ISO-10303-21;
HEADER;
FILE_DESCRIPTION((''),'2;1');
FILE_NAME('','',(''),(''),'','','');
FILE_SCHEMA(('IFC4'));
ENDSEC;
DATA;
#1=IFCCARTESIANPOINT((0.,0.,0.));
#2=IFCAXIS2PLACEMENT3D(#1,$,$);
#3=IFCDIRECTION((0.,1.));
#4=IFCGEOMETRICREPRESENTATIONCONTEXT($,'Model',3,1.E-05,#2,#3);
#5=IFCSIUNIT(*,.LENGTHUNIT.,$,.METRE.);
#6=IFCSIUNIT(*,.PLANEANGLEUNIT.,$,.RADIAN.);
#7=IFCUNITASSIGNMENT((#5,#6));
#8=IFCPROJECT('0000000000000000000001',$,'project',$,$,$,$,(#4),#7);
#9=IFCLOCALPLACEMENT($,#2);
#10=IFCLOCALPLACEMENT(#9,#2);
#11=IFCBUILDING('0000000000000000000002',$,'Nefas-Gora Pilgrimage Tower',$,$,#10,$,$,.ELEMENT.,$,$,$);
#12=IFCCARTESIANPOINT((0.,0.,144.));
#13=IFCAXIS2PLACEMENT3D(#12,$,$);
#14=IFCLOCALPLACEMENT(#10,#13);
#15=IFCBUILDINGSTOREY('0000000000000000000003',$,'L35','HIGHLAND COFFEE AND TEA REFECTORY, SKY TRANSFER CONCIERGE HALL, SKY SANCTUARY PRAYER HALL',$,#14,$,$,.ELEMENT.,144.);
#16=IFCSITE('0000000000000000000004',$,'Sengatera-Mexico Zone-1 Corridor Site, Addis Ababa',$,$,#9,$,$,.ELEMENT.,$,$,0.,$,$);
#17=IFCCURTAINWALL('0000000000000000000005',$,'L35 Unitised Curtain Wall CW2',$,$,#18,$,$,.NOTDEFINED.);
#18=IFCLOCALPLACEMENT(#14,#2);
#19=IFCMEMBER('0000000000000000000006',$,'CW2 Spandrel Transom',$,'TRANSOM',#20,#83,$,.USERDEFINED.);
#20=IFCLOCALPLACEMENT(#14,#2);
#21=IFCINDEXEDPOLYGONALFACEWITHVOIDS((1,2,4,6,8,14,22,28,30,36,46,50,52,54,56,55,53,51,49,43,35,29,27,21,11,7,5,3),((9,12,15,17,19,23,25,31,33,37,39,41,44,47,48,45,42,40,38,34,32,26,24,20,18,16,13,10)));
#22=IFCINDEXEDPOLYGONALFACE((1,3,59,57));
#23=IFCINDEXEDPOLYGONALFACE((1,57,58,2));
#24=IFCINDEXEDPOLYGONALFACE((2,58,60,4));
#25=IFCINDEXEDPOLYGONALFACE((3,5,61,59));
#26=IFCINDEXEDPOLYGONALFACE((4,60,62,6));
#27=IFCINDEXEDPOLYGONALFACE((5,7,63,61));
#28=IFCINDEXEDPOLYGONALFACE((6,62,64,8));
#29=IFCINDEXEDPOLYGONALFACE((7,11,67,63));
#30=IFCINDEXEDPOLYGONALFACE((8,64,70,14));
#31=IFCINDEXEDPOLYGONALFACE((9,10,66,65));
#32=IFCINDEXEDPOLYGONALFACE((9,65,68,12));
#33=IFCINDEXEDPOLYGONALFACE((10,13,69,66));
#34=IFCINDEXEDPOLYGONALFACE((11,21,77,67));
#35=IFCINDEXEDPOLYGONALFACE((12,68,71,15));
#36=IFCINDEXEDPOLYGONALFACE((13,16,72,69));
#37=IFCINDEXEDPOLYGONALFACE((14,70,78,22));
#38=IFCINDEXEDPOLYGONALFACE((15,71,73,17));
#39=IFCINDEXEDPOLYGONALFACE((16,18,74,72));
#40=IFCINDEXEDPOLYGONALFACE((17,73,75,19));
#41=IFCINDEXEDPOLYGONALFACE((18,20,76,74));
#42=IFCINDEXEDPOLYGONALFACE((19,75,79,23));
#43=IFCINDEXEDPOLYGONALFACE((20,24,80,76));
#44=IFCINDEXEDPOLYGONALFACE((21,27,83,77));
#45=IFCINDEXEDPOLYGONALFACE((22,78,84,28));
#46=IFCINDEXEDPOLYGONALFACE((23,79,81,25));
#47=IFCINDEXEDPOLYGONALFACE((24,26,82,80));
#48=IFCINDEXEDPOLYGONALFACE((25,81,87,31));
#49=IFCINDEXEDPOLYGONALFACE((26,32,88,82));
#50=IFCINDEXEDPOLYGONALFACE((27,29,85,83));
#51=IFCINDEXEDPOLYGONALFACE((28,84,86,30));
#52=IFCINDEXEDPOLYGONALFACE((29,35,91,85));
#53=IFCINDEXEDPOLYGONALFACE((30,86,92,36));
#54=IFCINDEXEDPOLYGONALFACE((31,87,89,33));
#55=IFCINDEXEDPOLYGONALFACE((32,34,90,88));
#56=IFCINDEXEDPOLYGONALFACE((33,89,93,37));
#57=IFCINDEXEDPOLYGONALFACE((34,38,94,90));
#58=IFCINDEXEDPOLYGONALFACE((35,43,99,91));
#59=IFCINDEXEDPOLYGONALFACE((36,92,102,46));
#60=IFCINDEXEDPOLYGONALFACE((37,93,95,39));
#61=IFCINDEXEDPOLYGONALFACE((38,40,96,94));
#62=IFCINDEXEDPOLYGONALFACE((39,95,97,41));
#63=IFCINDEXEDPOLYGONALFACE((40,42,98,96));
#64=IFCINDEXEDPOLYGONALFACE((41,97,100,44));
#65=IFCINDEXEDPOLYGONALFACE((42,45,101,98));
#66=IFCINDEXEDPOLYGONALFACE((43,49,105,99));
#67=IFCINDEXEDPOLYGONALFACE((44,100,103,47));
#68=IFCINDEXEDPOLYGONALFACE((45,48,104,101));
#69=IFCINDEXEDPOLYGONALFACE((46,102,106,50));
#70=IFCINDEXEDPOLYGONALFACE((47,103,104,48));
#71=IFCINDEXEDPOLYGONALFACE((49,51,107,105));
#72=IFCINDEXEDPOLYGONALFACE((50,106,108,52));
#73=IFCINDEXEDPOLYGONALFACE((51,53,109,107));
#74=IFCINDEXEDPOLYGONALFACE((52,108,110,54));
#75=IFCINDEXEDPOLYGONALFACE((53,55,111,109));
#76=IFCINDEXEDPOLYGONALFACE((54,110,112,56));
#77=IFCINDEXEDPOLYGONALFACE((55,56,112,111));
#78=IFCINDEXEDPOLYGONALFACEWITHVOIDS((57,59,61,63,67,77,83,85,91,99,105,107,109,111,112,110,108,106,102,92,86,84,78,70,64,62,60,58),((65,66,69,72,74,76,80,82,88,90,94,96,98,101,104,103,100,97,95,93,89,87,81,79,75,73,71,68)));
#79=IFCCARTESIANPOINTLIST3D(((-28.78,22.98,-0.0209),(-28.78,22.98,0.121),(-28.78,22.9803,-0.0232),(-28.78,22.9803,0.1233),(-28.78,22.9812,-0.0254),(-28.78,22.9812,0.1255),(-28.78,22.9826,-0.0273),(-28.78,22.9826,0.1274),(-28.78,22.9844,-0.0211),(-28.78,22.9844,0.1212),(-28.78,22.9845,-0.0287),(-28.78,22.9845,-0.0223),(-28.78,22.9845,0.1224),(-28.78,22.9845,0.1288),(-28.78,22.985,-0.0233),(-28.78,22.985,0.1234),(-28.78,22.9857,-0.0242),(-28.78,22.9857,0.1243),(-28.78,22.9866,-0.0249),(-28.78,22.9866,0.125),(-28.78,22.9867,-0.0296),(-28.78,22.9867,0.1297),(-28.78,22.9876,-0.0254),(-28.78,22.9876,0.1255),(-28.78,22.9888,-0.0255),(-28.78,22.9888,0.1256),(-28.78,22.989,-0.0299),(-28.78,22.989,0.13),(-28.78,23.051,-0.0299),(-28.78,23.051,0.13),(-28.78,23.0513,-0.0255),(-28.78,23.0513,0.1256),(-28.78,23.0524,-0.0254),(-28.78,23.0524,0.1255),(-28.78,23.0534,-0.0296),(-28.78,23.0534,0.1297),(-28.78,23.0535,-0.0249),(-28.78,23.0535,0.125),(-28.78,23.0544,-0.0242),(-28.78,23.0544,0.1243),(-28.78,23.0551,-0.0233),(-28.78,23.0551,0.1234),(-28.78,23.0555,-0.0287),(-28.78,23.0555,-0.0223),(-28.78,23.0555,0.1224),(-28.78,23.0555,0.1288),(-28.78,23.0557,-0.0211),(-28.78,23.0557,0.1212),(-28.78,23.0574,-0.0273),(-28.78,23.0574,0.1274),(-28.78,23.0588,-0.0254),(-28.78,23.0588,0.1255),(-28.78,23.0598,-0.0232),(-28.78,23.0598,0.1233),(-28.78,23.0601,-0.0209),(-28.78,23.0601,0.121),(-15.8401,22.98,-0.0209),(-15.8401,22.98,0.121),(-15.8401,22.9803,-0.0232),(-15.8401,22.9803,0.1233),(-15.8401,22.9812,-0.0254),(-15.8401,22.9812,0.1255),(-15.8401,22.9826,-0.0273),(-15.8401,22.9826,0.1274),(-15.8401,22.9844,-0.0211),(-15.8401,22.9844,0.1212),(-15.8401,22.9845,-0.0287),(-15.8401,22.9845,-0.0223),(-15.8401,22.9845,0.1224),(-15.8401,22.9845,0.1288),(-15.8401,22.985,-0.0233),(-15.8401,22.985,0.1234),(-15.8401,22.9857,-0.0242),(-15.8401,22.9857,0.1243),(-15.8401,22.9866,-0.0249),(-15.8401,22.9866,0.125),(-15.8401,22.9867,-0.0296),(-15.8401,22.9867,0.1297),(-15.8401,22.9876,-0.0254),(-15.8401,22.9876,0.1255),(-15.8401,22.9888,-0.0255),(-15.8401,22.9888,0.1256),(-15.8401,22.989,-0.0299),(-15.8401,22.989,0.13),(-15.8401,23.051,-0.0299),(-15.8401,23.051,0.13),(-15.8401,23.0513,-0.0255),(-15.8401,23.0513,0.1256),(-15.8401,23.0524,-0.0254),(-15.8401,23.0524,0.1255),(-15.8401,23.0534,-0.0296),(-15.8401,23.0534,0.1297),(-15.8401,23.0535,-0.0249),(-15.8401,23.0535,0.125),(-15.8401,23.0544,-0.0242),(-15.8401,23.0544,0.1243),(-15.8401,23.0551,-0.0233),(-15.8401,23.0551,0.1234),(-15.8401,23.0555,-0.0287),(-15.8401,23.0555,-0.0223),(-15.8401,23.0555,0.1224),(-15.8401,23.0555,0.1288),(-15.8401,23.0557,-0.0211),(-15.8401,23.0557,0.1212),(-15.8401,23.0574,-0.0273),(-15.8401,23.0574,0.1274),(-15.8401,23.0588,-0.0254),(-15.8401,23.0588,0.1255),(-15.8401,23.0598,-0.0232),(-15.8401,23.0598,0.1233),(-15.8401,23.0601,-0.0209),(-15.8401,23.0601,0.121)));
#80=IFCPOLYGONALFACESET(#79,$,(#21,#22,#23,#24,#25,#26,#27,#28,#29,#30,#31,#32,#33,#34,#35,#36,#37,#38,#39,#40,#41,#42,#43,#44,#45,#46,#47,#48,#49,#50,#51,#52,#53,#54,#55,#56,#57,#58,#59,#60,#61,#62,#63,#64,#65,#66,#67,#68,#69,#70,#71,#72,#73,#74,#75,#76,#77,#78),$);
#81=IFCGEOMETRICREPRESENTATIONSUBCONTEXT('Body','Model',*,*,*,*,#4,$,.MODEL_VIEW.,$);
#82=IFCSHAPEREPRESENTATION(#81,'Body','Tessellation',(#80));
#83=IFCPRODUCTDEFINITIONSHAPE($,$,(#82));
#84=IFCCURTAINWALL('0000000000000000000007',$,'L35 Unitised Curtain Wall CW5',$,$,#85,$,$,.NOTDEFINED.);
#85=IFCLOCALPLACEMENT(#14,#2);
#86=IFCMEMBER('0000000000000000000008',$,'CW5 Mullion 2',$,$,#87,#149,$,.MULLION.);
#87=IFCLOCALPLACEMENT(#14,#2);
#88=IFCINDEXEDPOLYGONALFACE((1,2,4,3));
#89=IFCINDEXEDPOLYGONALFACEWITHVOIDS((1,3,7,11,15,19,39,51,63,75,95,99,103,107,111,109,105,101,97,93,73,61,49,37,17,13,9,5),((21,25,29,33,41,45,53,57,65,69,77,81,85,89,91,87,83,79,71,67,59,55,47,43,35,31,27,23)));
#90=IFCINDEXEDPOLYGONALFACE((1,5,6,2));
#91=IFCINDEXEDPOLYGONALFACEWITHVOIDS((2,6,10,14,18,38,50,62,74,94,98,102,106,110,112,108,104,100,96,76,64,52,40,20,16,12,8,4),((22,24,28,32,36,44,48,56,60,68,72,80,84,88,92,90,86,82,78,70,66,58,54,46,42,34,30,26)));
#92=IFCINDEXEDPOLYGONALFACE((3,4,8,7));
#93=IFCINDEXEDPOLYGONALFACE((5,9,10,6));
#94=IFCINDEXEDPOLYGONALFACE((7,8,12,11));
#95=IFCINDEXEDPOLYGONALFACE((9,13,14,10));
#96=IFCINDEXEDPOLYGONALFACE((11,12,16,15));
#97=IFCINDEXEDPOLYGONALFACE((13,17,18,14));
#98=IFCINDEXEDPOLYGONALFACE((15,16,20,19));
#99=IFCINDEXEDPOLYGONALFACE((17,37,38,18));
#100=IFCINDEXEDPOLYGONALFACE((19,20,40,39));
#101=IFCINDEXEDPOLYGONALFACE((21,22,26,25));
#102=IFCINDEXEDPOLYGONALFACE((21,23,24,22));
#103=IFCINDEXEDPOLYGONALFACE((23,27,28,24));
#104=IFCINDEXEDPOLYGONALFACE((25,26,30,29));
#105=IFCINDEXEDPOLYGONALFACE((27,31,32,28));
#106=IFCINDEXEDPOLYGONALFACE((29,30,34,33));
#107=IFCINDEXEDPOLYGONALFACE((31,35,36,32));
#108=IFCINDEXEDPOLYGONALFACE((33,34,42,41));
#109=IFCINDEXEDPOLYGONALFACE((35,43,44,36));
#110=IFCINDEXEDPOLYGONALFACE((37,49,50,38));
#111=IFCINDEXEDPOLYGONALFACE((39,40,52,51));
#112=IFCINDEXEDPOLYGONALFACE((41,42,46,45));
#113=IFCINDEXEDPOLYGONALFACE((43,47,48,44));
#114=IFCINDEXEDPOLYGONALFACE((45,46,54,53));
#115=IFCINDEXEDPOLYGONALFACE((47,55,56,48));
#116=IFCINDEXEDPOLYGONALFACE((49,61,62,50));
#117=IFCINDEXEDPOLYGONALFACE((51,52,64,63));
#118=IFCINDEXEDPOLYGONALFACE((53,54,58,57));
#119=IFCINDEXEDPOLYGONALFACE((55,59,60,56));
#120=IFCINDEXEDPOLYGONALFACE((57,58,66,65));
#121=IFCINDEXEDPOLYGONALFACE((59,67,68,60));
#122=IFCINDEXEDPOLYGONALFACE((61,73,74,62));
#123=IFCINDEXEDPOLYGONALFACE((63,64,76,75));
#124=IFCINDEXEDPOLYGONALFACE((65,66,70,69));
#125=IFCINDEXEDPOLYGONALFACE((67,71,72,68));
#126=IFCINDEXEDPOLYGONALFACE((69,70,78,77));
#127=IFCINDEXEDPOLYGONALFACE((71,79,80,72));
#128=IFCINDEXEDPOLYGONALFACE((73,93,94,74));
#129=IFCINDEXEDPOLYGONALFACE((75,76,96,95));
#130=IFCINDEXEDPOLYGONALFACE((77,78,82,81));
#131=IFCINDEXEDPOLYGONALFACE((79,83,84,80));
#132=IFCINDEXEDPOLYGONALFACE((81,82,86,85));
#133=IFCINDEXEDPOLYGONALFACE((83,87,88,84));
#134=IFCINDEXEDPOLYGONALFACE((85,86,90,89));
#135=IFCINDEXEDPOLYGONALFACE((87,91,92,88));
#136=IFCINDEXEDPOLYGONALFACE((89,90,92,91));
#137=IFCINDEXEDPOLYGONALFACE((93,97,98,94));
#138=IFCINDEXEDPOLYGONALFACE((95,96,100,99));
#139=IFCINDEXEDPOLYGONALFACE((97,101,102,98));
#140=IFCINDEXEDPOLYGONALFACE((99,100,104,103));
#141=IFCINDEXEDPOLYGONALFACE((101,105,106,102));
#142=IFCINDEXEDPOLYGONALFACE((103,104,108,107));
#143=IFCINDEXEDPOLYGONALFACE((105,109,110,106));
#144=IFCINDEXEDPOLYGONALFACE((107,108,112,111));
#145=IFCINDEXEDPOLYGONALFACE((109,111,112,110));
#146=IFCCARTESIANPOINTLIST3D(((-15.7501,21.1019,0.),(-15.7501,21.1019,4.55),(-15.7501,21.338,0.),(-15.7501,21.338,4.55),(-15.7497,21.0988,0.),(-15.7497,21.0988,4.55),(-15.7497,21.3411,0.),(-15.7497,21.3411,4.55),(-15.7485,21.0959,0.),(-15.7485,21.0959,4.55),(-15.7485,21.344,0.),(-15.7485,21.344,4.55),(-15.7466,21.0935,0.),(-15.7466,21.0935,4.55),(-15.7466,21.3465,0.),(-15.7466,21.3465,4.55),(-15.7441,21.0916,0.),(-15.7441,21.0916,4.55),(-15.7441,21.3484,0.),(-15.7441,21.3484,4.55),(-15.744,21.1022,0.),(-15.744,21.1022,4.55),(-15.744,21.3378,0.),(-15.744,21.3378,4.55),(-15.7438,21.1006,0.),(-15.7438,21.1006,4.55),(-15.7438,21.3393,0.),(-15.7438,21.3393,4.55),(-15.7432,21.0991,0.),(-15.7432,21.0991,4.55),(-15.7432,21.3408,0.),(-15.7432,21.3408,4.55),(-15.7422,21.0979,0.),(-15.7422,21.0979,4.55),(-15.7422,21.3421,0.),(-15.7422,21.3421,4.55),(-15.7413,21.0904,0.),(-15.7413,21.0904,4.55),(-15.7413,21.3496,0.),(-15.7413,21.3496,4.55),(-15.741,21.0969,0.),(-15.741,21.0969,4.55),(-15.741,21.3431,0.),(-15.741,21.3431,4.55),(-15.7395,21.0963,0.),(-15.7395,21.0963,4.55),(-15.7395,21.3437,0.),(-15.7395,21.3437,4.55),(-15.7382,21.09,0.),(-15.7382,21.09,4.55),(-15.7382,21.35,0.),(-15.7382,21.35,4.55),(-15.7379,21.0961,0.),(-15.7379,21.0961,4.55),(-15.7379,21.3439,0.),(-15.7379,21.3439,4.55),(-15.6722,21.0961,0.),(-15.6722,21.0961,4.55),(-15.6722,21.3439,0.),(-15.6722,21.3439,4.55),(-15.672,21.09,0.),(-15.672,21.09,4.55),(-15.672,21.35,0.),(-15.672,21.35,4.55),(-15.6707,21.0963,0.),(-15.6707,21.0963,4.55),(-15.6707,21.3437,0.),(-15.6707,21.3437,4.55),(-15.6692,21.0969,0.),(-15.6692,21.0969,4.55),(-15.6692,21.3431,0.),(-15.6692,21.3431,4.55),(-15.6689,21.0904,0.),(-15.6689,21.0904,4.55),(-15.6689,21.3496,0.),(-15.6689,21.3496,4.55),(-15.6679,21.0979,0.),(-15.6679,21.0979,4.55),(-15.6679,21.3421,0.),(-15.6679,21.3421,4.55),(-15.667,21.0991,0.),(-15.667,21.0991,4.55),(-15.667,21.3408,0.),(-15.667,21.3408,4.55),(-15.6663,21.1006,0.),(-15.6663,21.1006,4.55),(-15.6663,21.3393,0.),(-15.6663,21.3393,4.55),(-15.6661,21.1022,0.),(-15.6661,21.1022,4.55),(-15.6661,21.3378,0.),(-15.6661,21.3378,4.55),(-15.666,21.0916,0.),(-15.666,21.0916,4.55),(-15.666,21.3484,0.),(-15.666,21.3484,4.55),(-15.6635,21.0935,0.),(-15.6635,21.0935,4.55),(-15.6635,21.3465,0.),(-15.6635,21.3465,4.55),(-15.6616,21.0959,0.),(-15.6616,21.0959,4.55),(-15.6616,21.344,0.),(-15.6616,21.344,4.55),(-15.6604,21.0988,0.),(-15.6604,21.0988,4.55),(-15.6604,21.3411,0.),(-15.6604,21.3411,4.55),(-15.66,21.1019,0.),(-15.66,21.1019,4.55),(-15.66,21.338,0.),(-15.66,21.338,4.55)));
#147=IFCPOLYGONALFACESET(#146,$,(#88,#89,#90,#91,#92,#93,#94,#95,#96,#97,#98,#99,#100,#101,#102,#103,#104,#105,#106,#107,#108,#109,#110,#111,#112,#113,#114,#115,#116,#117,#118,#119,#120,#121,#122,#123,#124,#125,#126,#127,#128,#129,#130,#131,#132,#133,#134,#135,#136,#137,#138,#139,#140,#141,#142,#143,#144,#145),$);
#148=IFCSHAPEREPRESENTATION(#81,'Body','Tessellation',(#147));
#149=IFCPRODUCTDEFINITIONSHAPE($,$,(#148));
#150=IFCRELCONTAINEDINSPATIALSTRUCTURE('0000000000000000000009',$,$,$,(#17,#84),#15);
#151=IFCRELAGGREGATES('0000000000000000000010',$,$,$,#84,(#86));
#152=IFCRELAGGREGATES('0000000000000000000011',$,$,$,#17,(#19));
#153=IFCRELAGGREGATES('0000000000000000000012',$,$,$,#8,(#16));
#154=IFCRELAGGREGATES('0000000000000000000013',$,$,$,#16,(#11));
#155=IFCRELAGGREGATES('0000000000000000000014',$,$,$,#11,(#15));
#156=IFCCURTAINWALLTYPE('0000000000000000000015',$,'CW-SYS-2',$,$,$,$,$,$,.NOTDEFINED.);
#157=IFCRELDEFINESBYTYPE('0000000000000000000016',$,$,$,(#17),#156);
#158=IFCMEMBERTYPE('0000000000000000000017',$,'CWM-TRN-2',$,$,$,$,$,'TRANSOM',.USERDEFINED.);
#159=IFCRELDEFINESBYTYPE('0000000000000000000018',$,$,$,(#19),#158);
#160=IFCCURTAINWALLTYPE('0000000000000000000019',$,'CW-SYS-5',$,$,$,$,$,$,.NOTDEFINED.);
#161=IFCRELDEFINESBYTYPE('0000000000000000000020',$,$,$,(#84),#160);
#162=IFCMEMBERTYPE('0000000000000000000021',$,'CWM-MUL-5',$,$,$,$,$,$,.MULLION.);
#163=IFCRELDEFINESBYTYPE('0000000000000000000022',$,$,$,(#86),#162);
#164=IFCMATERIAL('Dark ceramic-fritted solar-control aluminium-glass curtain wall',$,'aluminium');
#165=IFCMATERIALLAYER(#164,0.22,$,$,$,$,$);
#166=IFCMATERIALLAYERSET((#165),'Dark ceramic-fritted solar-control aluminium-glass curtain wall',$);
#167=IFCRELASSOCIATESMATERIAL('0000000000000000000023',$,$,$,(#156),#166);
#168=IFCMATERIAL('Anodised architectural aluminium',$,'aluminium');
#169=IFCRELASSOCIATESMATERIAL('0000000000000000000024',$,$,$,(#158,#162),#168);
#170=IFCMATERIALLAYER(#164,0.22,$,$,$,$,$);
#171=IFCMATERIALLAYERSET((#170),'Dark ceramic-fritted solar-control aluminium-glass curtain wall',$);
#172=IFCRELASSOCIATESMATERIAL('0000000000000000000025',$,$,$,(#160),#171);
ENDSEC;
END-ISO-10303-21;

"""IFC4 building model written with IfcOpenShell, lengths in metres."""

from ifc_helpers import new_model, si_unit, direction, frame, origin, origin_2d, place, context, subcontext, project, spatial, hollow_rectangle, extrude, source, transform, mapped, material, layer, layer_set, material_profile, profile_set, type_object, element, aggregate, save


model = new_model("IFC4")

# Units and contexts
model_context = context("Model", 3, precision=1e-05, world=origin(), true_north=direction((0.0, 1.0)))
body_context = subcontext(model_context, "Body", "Model", "MODEL_VIEW")
ifc_project = project(units=[si_unit("LENGTHUNIT", "METRE"), si_unit("PLANEANGLEUNIT", "RADIAN")], contexts=[model_context])

# Site, building, storey
site_placement = place(None, origin())
site = spatial("IfcSite", under=ifc_project, at=site_placement, Name="Sengatera-Mexico Zone-1 Corridor Site, Addis Ababa", CompositionType="ELEMENT", RefElevation=0.0)
building_placement = place(site_placement, origin())
building = spatial("IfcBuilding", under=site, at=building_placement, Name="Nefas-Gora Pilgrimage Tower", CompositionType="ELEMENT")
storey_placement = place(building_placement, frame((0.0, 0.0, 144.0)))
storey = spatial("IfcBuildingStorey", under=building, at=storey_placement, Name="L35", Description="HIGHLAND COFFEE AND TEA REFECTORY, SKY TRANSFER CONCIERGE HALL, SKY SANCTUARY PRAYER HALL", CompositionType="ELEMENT", Elevation=144.0)

# Curtain walls, members
ifc_material_1 = material(Name="Dark ceramic-fritted solar-control aluminium-glass curtain wall", Category="aluminium")
ifc_layer_1 = layer(ifc_material_1, 0.22)
ifc_layer_set_1 = layer_set([ifc_layer_1], Name="Dark ceramic-fritted solar-control aluminium-glass curtain wall")
curtain_wall_type_1 = type_object("IfcCurtainWallType", Name="CW-SYS-2", PredefinedType="NOTDEFINED", material=ifc_layer_set_1)
curtain_wall_1_placement = place(storey_placement, origin())
curtain_wall_1 = element("IfcCurtainWall", 1, at=curtain_wall_1_placement, inside=storey, type_object=curtain_wall_type_1, Name="L35 Unitised Curtain Wall CW2", PredefinedType="NOTDEFINED")
ifc_material_2 = material(Name="Anodised architectural aluminium", Category="aluminium")
ifc_material_profile_1 = material_profile(ifc_material_2, hollow_rectangle(XDim=0.0801, YDim=0.1599, WallThickness=0.0044, InnerFilletRadius=0.0044, OuterFilletRadius=0.009, at=origin_2d()), Name="ALU TRANSOM 80x160")
ifc_profile_set_1 = profile_set([ifc_material_profile_1], Name="Anodised architectural aluminium")
member_type_1 = type_object("IfcMemberType", Name="CWM-TRN-2", ElementType="TRANSOM", PredefinedType="USERDEFINED", material=ifc_profile_set_1)
shared_shape_1 = source(origin(), body_context, "Body", "SweptSolid", [
    extrude(hollow_rectangle(XDim=0.0801, YDim=0.1599, WallThickness=0.0044, InnerFilletRadius=0.0044, OuterFilletRadius=0.009, at=origin_2d()), origin(), (0.0, 0.0, 1.0), 12.9399),
])
member_1_placement = place(storey_placement, frame((-15.8401, 23.02, 0.05), z_axis=(-1.0, 0.0, 0.0), x_axis=(0.0, -1.0, 0.0)))
member_1 = element("IfcMember", 2, at=member_1_placement, type_object=member_type_1, Name="CW2 Spandrel Transom", ObjectType="TRANSOM", PredefinedType="USERDEFINED", context=body_context, shape_type="MappedRepresentation", body=[
    mapped(shared_shape_1, transform((0.0, 0.0, 0.0), x_axis=(1.0, 0.0, 0.0), y_axis=(0.0, 1.0, 0.0), z_axis=(0.0, 0.0, 1.0), scale=1.0)),
])
ifc_layer_2 = layer(ifc_material_1, 0.22)
ifc_layer_set_2 = layer_set([ifc_layer_2], Name="Dark ceramic-fritted solar-control aluminium-glass curtain wall")
curtain_wall_type_2 = type_object("IfcCurtainWallType", Name="CW-SYS-5", PredefinedType="NOTDEFINED", material=ifc_layer_set_2)
curtain_wall_2_placement = place(storey_placement, origin())
curtain_wall_2 = element("IfcCurtainWall", 3, at=curtain_wall_2_placement, inside=storey, type_object=curtain_wall_type_2, Name="L35 Unitised Curtain Wall CW5", PredefinedType="NOTDEFINED")
ifc_material_profile_2 = material_profile(ifc_material_2, hollow_rectangle(XDim=0.0901, YDim=0.26, WallThickness=0.0061, InnerFilletRadius=0.0061, OuterFilletRadius=0.012, at=origin_2d()), Name="ALU MULLION 90x260")
ifc_profile_set_2 = profile_set([ifc_material_profile_2], Name="Anodised architectural aluminium")
member_type_2 = type_object("IfcMemberType", Name="CWM-MUL-5", PredefinedType="MULLION", material=ifc_profile_set_2)
shared_shape_2 = source(origin(), body_context, "Body", "SweptSolid", [
    extrude(hollow_rectangle(XDim=0.0901, YDim=0.26, WallThickness=0.0061, InnerFilletRadius=0.0061, OuterFilletRadius=0.012, at=origin_2d()), origin(), (0.0, 0.0, 1.0), 4.55),
])
member_2_placement = place(storey_placement, frame((-15.7051, 21.22, 0.0), z_axis=(0.0, 0.0, 1.0), x_axis=(-1.0, 0.0, 0.0)))
member_2 = element("IfcMember", 4, at=member_2_placement, type_object=member_type_2, Name="CW5 Mullion 2", PredefinedType="MULLION", context=body_context, shape_type="MappedRepresentation", body=[
    mapped(shared_shape_2, transform((0.0, 0.0, 0.0), x_axis=(1.0, 0.0, 0.0), y_axis=(0.0, 1.0, 0.0), z_axis=(0.0, 0.0, 1.0), scale=1.0)),
])

aggregate(curtain_wall_2, [member_2])
aggregate(curtain_wall_1, [member_1])

save(model, "model.ifc")
